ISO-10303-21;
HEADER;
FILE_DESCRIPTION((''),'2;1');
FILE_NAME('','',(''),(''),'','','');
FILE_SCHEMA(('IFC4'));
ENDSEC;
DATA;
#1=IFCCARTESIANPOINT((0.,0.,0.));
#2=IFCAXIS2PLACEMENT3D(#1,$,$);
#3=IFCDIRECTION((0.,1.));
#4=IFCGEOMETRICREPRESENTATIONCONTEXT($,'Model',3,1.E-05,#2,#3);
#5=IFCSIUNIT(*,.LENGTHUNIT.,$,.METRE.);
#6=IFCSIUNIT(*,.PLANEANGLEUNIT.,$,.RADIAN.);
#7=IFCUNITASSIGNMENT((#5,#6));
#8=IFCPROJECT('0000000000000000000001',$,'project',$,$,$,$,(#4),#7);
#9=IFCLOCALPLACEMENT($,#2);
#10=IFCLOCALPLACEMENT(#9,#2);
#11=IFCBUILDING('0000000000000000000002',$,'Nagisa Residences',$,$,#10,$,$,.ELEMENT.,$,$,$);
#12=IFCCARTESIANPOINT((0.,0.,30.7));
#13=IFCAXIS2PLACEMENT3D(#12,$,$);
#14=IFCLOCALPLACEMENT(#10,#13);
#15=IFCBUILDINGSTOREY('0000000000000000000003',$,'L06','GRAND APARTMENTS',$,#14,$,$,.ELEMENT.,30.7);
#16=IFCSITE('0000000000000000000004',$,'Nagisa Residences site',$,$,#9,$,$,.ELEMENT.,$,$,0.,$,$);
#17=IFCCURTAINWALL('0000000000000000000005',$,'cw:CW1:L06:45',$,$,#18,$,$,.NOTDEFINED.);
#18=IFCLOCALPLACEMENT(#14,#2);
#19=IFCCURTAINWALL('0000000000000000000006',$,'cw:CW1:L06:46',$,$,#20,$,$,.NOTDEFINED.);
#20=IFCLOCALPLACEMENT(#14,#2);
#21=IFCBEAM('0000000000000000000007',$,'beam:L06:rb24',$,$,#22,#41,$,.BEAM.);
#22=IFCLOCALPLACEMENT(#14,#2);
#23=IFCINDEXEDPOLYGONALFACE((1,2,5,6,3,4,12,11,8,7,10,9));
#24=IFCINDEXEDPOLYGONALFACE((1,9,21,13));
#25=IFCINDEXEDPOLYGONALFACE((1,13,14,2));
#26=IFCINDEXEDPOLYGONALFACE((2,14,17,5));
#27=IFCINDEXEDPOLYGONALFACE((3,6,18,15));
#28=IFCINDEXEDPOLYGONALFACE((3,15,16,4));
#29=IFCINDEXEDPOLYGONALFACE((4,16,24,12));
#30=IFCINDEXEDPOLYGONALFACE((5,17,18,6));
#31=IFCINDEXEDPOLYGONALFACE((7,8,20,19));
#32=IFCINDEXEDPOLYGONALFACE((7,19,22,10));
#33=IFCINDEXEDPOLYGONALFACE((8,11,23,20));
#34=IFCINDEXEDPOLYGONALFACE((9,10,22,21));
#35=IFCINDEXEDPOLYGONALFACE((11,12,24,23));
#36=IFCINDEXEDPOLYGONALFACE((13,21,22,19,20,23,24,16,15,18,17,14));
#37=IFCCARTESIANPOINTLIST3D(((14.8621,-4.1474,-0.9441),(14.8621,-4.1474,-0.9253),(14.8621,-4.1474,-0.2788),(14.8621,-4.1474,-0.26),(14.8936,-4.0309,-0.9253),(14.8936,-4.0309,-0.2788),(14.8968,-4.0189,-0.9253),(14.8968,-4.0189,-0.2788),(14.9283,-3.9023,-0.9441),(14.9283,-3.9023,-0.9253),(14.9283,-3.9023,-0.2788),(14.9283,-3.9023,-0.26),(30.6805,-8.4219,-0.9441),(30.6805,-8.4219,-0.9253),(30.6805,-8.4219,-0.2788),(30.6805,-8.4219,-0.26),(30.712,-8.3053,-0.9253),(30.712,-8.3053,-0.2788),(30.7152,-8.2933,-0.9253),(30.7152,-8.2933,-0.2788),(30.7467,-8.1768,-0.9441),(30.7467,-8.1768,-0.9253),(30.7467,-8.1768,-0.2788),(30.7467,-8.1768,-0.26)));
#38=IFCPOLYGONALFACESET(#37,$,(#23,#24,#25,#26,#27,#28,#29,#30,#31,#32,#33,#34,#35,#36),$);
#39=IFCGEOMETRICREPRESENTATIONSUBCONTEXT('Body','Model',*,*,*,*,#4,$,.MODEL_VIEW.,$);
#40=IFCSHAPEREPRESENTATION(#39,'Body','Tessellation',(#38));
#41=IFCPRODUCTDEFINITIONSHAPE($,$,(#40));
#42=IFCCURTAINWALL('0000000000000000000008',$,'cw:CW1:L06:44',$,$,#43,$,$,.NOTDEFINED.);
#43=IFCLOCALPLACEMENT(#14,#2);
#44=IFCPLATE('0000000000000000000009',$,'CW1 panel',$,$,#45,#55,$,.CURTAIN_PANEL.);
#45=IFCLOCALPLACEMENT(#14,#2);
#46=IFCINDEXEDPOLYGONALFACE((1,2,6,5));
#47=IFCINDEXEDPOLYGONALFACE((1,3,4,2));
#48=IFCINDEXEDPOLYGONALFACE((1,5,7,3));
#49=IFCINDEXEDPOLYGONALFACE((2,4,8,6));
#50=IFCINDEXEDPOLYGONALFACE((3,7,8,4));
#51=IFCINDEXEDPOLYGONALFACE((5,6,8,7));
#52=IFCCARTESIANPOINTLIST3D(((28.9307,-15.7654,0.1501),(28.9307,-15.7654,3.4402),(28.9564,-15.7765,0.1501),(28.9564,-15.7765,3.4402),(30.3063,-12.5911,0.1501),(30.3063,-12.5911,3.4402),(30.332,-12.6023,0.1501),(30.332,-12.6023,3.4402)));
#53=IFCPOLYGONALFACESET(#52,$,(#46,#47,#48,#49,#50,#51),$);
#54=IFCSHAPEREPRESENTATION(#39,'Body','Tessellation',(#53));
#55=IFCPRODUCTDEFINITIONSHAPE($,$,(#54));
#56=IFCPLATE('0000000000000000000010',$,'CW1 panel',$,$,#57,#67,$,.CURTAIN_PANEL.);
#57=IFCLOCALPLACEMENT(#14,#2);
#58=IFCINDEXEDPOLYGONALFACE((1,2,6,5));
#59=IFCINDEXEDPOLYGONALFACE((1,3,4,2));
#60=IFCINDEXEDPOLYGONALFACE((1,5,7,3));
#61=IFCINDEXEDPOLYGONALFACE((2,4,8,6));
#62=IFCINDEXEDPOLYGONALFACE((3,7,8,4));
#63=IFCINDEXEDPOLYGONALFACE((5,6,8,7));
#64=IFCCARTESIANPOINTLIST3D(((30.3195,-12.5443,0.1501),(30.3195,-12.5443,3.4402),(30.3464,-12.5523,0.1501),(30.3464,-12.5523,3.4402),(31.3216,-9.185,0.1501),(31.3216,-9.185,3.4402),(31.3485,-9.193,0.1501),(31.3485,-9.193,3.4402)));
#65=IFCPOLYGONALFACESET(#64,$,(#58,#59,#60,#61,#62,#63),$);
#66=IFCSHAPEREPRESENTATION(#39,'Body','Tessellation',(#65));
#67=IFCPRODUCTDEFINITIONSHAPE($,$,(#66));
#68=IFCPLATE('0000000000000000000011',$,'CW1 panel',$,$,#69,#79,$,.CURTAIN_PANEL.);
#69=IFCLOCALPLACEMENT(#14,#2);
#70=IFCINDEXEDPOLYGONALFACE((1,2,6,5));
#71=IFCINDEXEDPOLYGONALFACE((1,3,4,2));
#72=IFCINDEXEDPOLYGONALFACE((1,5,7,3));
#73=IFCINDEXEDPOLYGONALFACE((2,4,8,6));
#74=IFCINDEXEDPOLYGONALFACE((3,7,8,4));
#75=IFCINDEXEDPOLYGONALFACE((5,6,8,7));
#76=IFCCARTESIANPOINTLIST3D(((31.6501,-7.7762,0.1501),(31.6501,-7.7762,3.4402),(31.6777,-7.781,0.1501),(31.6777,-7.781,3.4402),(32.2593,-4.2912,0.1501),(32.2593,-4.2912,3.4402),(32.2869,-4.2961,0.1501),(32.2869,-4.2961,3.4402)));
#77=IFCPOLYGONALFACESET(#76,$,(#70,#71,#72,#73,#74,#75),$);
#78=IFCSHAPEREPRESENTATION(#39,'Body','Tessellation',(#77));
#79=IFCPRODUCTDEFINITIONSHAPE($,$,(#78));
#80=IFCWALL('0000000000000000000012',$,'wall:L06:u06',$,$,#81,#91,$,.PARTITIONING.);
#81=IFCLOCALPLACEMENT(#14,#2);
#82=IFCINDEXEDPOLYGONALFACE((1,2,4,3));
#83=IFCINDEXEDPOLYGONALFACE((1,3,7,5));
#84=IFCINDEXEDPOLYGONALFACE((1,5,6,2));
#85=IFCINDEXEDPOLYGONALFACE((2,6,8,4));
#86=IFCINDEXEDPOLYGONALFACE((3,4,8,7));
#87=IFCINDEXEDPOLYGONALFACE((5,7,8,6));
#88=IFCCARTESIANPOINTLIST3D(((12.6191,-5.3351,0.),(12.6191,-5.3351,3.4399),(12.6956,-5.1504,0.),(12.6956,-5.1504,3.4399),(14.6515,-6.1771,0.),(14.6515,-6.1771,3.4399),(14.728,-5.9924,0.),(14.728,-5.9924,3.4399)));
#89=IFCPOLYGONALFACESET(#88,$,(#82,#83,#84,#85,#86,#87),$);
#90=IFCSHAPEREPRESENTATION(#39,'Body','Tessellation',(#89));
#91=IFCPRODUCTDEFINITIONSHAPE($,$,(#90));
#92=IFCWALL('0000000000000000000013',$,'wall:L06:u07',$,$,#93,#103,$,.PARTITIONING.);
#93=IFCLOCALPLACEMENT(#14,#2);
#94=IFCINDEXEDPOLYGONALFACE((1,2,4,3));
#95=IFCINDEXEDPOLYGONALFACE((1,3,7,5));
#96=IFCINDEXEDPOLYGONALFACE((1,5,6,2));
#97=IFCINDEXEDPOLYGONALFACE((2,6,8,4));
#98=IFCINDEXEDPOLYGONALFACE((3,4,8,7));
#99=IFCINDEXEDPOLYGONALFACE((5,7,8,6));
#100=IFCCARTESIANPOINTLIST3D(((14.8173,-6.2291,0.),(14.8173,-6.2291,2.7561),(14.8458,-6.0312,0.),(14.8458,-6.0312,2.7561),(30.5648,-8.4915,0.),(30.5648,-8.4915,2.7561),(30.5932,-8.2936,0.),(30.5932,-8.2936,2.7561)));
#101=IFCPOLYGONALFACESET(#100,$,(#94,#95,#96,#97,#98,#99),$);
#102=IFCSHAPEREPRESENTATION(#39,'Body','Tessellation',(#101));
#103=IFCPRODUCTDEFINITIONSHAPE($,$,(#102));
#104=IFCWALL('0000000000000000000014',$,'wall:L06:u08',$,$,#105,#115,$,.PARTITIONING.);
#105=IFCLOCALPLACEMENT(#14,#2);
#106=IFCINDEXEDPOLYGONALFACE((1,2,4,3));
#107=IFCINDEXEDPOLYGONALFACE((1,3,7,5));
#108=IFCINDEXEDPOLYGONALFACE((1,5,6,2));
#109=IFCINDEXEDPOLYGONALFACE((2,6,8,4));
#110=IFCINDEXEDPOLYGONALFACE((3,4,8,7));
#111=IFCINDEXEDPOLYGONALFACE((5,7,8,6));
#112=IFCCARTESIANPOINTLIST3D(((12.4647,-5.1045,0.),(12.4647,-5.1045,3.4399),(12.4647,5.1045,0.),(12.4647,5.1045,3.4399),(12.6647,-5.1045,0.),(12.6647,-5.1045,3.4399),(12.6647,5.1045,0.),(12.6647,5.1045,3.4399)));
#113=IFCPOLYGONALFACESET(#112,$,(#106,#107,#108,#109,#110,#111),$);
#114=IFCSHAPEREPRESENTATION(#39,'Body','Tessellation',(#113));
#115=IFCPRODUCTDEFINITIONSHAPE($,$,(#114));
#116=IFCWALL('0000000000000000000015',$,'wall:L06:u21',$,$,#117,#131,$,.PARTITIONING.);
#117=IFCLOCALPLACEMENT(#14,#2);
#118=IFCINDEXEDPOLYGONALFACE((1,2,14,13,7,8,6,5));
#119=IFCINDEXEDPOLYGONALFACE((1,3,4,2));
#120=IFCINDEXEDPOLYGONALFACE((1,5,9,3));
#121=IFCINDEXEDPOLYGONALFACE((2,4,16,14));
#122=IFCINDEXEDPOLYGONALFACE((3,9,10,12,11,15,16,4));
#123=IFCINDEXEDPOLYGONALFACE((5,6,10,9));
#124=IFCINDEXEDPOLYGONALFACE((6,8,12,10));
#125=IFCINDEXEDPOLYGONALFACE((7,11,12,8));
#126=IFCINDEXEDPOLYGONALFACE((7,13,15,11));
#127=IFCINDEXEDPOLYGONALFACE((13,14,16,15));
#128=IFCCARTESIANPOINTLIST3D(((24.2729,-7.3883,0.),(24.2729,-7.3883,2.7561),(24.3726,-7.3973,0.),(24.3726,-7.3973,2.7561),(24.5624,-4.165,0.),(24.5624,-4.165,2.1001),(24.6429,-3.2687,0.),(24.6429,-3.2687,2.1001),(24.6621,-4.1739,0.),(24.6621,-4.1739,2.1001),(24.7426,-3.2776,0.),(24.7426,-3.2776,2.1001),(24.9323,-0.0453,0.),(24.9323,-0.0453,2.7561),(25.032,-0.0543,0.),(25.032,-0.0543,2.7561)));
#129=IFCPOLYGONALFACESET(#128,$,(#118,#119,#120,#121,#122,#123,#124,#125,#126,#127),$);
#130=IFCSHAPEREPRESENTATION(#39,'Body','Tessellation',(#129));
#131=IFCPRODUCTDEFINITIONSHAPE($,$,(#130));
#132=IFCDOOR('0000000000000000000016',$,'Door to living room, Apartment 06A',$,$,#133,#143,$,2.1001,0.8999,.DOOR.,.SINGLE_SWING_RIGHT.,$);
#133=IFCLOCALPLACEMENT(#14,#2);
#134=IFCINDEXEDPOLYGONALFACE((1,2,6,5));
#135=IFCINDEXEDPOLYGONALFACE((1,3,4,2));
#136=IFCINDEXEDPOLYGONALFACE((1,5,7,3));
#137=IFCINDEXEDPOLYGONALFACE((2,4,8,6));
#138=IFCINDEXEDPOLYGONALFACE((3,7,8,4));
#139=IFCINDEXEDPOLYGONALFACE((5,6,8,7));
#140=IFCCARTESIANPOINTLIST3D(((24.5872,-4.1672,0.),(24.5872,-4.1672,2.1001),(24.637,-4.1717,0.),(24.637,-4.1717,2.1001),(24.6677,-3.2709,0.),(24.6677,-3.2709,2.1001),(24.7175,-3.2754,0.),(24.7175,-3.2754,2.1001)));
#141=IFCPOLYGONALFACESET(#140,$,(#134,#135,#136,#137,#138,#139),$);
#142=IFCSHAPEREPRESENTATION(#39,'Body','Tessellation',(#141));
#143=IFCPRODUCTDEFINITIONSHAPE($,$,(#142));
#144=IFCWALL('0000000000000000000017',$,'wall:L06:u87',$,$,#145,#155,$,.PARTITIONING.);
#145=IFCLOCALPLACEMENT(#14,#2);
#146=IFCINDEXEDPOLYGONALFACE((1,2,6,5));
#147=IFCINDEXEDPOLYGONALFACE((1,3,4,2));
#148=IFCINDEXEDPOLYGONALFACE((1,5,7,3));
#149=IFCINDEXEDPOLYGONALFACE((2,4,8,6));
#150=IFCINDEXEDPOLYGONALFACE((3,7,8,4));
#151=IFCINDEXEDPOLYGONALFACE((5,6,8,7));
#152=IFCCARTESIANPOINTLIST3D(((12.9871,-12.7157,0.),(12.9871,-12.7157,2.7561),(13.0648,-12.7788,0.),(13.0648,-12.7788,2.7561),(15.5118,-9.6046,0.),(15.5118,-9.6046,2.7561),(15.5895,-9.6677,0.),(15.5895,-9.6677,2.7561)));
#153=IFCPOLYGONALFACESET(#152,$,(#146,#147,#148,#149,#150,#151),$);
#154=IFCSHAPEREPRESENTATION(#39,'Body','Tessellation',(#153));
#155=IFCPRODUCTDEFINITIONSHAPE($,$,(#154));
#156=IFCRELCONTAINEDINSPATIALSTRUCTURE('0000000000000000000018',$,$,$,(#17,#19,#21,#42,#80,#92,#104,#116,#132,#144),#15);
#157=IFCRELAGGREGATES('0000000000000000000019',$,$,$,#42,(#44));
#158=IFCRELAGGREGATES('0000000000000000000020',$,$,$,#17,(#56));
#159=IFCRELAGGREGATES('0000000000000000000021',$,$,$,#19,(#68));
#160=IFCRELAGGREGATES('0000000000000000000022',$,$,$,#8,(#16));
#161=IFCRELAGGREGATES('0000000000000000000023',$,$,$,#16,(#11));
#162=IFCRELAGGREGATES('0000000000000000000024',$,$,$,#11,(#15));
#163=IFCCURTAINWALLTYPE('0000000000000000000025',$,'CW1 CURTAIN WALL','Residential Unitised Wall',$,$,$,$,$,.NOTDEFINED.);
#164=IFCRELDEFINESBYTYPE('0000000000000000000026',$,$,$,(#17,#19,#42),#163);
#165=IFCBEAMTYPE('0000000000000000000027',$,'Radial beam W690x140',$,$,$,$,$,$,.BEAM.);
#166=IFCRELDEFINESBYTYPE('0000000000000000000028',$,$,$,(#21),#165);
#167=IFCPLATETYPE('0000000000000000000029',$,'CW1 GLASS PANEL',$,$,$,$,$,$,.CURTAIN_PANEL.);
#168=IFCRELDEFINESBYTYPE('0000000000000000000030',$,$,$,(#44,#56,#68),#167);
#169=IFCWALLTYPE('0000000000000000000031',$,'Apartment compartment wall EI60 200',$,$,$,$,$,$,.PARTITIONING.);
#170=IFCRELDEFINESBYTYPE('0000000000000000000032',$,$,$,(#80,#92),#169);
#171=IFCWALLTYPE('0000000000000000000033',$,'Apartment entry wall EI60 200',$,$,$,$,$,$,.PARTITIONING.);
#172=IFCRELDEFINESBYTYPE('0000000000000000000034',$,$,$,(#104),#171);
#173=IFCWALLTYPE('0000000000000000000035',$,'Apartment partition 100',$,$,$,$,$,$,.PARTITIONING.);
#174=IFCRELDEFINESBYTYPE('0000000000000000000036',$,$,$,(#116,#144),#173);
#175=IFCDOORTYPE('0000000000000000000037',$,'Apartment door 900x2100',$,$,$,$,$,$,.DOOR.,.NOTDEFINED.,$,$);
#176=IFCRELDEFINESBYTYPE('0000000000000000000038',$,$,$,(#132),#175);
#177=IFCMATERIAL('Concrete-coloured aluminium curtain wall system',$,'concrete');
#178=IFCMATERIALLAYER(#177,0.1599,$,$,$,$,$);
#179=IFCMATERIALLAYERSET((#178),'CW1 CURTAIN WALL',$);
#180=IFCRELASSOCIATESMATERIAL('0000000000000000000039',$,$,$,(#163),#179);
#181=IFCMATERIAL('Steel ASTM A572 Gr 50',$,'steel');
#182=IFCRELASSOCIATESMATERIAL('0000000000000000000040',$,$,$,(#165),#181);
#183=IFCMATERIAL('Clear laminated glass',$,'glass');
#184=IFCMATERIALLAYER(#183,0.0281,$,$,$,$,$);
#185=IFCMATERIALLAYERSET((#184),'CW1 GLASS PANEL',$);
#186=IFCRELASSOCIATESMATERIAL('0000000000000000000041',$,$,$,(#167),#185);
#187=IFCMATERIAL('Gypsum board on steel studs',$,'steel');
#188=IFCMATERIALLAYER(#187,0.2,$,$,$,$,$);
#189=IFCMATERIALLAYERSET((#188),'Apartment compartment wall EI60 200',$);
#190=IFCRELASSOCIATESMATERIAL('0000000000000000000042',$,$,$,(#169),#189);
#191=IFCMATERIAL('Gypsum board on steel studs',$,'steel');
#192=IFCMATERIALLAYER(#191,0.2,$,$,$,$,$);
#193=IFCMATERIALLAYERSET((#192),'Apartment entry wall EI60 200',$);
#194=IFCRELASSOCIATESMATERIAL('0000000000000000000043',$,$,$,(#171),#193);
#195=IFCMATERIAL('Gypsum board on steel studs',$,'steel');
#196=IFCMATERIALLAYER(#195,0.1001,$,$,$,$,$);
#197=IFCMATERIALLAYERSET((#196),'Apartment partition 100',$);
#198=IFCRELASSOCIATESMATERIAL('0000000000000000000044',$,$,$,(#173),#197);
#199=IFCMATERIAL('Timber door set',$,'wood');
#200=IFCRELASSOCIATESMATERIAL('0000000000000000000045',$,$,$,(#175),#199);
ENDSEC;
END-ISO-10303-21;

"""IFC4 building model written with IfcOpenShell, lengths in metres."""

from ifc_helpers import new_model, si_unit, direction, frame, frame_2d, origin, origin_2d, place, context, subcontext, project, spatial, rectangle, i_section, extrude, material, layer, layer_set, material_profile, profile_set, type_object, element, fill, aggregate, save


model = new_model("IFC4")

# Units and contexts
model_context = context("Model", 3, precision=1e-05, world=origin(), true_north=direction((0.0, 1.0)))
body_context = subcontext(model_context, "Body", "Model", "MODEL_VIEW")
ifc_project = project(units=[si_unit("LENGTHUNIT", "METRE"), si_unit("PLANEANGLEUNIT", "RADIAN")], contexts=[model_context])

# Site, building, storey
site_placement = place(None, origin())
site = spatial("IfcSite", under=ifc_project, at=site_placement, Name="Nagisa Residences site", CompositionType="ELEMENT", RefElevation=0.0)
building_placement = place(site_placement, origin())
building = spatial("IfcBuilding", under=site, at=building_placement, Name="Nagisa Residences", CompositionType="ELEMENT")
storey_placement = place(building_placement, frame((0.0, 0.0, 30.7)))
storey = spatial("IfcBuildingStorey", under=building, at=storey_placement, Name="L06", Description="GRAND APARTMENTS", CompositionType="ELEMENT", Elevation=30.7)

# Curtain walls
ifc_material_1 = material(Name="Concrete-coloured aluminium curtain wall system", Category="concrete")
ifc_layer_1 = layer(ifc_material_1, 0.1599)
ifc_layer_set_1 = layer_set([ifc_layer_1], Name="CW1 CURTAIN WALL")
curtain_wall_type = type_object("IfcCurtainWallType", Name="CW1 CURTAIN WALL", Description="Residential Unitised Wall", PredefinedType="NOTDEFINED", material=ifc_layer_set_1)
curtain_wall_1_placement = place(storey_placement, origin())
curtain_wall_1 = element("IfcCurtainWall", 1, at=curtain_wall_1_placement, inside=storey, type_object=curtain_wall_type, Name="cw:CW1:L06:45", PredefinedType="NOTDEFINED")
curtain_wall_2_placement = place(storey_placement, origin())
curtain_wall_2 = element("IfcCurtainWall", 2, at=curtain_wall_2_placement, inside=storey, type_object=curtain_wall_type, Name="cw:CW1:L06:46", PredefinedType="NOTDEFINED")

# Beam
ifc_material_2 = material(Name="Steel ASTM A572 Gr 50", Category="steel")
ifc_material_profile_1 = material_profile(ifc_material_2, i_section(OverallWidth=0.2539, OverallDepth=0.6841, WebThickness=0.0125, FlangeThickness=0.0188, at=origin_2d()), Name="W690x140")
ifc_profile_set_1 = profile_set([ifc_material_profile_1], Name="Steel ASTM A572 Gr 50")
beam_type_1 = type_object("IfcBeamType", Name="Radial beam W690x140", PredefinedType="BEAM", material=ifc_profile_set_1)
beam_1_placement = place(storey_placement, frame((30.7136, -8.2993, -0.6021), z_axis=(-0.965376, 0.260862, 0.0), x_axis=(-0.260862, -0.965376, 0.0)))
element("IfcBeam", 3, at=beam_1_placement, inside=storey, type_object=beam_type_1, Name="beam:L06:rb24", PredefinedType="BEAM", context=body_context, shape_type="SweptSolid", body=[
    extrude(i_section(OverallWidth=0.2539, OverallDepth=0.6841, WebThickness=0.0125, FlangeThickness=0.0188, at=origin_2d()), origin(), (0.0, 0.0, 1.0), 16.3857),
])

# Curtain wall, plate
curtain_wall_3_placement = place(storey_placement, origin())
curtain_wall_3 = element("IfcCurtainWall", 4, at=curtain_wall_3_placement, inside=storey, type_object=curtain_wall_type, Name="cw:CW1:L06:44", PredefinedType="NOTDEFINED")
ifc_material_3 = material(Name="Clear laminated glass", Category="glass")
ifc_layer_2 = layer(ifc_material_3, 0.0281)
ifc_layer_set_2 = layer_set([ifc_layer_2], Name="CW1 GLASS PANEL")
plate_type = type_object("IfcPlateType", Name="CW1 GLASS PANEL", PredefinedType="CURTAIN_PANEL", material=ifc_layer_set_2)
plate_1_placement = place(storey_placement, frame((29.6313, -14.1838, 0.1501), z_axis=(0.0, 0.0, 1.0), x_axis=(0.397636, 0.917543, 0.0)))
plate_1 = element("IfcPlate", 5, at=plate_1_placement, type_object=plate_type, Name="CW1 panel", PredefinedType="CURTAIN_PANEL", context=body_context, shape_type="SweptSolid", body=[
    extrude(rectangle(XDim=3.4595, YDim=0.0281, at=origin_2d()), origin(), (0.0, 0.0, 1.0), 3.29),
])
aggregate(curtain_wall_3, [plate_1])

# Plates
plate_2_placement = place(storey_placement, frame((30.834, -10.8687, 0.1501), z_axis=(0.0, 0.0, 1.0), x_axis=(0.28586, 0.958271, 0.0)))
plate_2 = element("IfcPlate", 6, at=plate_2_placement, type_object=plate_type, Name="CW1 panel", PredefinedType="CURTAIN_PANEL", context=body_context, shape_type="SweptSolid", body=[
    extrude(rectangle(XDim=3.5056, YDim=0.0281, at=origin_2d()), origin(), (0.0, 0.0, 1.0), 3.29),
])
aggregate(curtain_wall_1, [plate_2])
plate_3_placement = place(storey_placement, frame((31.9685, -6.0361, 0.1501), z_axis=(0.0, 0.0, 1.0), x_axis=(0.172191, 0.985064, 0.0)))
plate_3 = element("IfcPlate", 7, at=plate_3_placement, type_object=plate_type, Name="CW1 panel", PredefinedType="CURTAIN_PANEL", context=body_context, shape_type="SweptSolid", body=[
    extrude(rectangle(XDim=3.5378, YDim=0.0281, at=origin_2d()), origin(), (0.0, 0.0, 1.0), 3.29),
])
aggregate(curtain_wall_2, [plate_3])

# Walls
ifc_material_4 = material(Name="Gypsum board on steel studs", Category="steel")
ifc_layer_3 = layer(ifc_material_4, 0.2)
ifc_layer_set_3 = layer_set([ifc_layer_3], Name="Apartment compartment wall EI60 200")
wall_type_1 = type_object("IfcWallType", Name="Apartment compartment wall EI60 200", PredefinedType="PARTITIONING", material=ifc_layer_set_3)
wall_1_placement = place(storey_placement, frame((12.6572, -5.2427, 0.0), z_axis=(0.0, 0.0, 1.0), x_axis=(0.923853, -0.382747, 0.0)))
element("IfcWall", 8, at=wall_1_placement, inside=storey, type_object=wall_type_1, Name="wall:L06:u06", PredefinedType="PARTITIONING", context=body_context, shape_type="SweptSolid", body=[
    extrude(rectangle(XDim=2.2, YDim=0.2, at=frame_2d((1.1001, 0.0))), origin(), (0.0, 0.0, 1.0), 3.4399),
])
wall_2_placement = place(storey_placement, frame((14.8315, -6.1301, 0.0), z_axis=(0.0, 0.0, 1.0), x_axis=(0.989837, -0.14221, 0.0)))
element("IfcWall", 9, at=wall_2_placement, inside=storey, type_object=wall_type_1, Name="wall:L06:u07", PredefinedType="PARTITIONING", context=body_context, shape_type="SweptSolid", body=[
    extrude(rectangle(XDim=15.9092, YDim=0.2, at=frame_2d((7.9546, 0.0))), origin(), (0.0, 0.0, 1.0), 2.7561),
])
ifc_material_5 = material(Name="Gypsum board on steel studs", Category="steel")
ifc_layer_4 = layer(ifc_material_5, 0.2)
ifc_layer_set_4 = layer_set([ifc_layer_4], Name="Apartment entry wall EI60 200")
wall_type_2 = type_object("IfcWallType", Name="Apartment entry wall EI60 200", PredefinedType="PARTITIONING", material=ifc_layer_set_4)
wall_3_placement = place(storey_placement, frame((12.5647, -5.1045, 0.0), z_axis=(0.0, 0.0, 1.0), x_axis=(0.0, 1.0, 0.0)))
element("IfcWall", 10, at=wall_3_placement, inside=storey, type_object=wall_type_2, Name="wall:L06:u08", PredefinedType="PARTITIONING", context=body_context, shape_type="SweptSolid", body=[
    extrude(rectangle(XDim=10.209, YDim=0.2, at=frame_2d((5.1045, 0.0))), origin(), (0.0, 0.0, 1.0), 3.4399),
])

# Wall, opening, door
ifc_material_6 = material(Name="Gypsum board on steel studs", Category="steel")
ifc_layer_5 = layer(ifc_material_6, 0.1001)
ifc_layer_set_5 = layer_set([ifc_layer_5], Name="Apartment partition 100")
wall_type_3 = type_object("IfcWallType", Name="Apartment partition 100", PredefinedType="PARTITIONING", material=ifc_layer_set_5)
wall_4_placement = place(storey_placement, frame((24.9822, -0.0498, 0.0), z_axis=(0.0, 0.0, 1.0), x_axis=(-0.089443, -0.995992, 0.0)))
wall_4 = element("IfcWall", 11, at=wall_4_placement, inside=storey, type_object=wall_type_3, Name="wall:L06:u21", PredefinedType="PARTITIONING", context=body_context, shape_type="SweptSolid", body=[
    extrude(rectangle(XDim=7.3726, YDim=0.1001, at=frame_2d((3.6863, 0.0))), origin(), (0.0, 0.0, 1.0), 2.7561),
])
opening_1_placement = place(wall_4_placement, frame((3.2363, 0.0, 0.0)))
opening_1 = element("IfcOpeningElement", 12, at=opening_1_placement, cuts=wall_4, PredefinedType="OPENING", context=body_context, shape_type="SweptSolid", body=[
    extrude(rectangle(XDim=0.8999, YDim=2.1001, at=frame_2d((0.45, 1.05))), frame((0.0, 0.0601, 0.0), z_axis=(0.0, -1.0, 0.0), x_axis=(1.0, 0.0, 0.0)), (0.0, 0.0, 1.0), 0.1201),
])
ifc_material_7 = material(Name="Timber door set", Category="wood")
door_type_1 = type_object("IfcDoorType", Name="Apartment door 900x2100", OperationType="NOTDEFINED", PredefinedType="DOOR", material=ifc_material_7)
door_1_placement = place(opening_1_placement, origin())
door_1 = element("IfcDoor", 13, at=door_1_placement, inside=storey, type_object=door_type_1, Name="Door to living room, Apartment 06A", OperationType="SINGLE_SWING_RIGHT", OverallHeight=2.1001, OverallWidth=0.8999, PredefinedType="DOOR", context=body_context, shape_type="SweptSolid", body=[
    extrude(rectangle(XDim=0.8999, YDim=2.1001, at=frame_2d((0.45, 1.05))), frame((0.0, 0.0249, 0.0), z_axis=(0.0, -1.0, 0.0), x_axis=(1.0, 0.0, 0.0)), (0.0, 0.0, 1.0), 0.05),
])
fill(opening_1, door_1)

# Wall
wall_5_placement = place(storey_placement, frame((13.0259, -12.7473, 0.0), z_axis=(0.0, 0.0, 1.0), x_axis=(0.630127, 0.776492, 0.0)))
element("IfcWall", 14, at=wall_5_placement, inside=storey, type_object=wall_type_3, Name="wall:L06:u87", PredefinedType="PARTITIONING", context=body_context, shape_type="SweptSolid", body=[
    extrude(rectangle(XDim=4.0066, YDim=0.1001, at=frame_2d((2.0034, 0.0))), origin(), (0.0, 0.0, 1.0), 2.7561),
])

save(model, "model.ifc")
